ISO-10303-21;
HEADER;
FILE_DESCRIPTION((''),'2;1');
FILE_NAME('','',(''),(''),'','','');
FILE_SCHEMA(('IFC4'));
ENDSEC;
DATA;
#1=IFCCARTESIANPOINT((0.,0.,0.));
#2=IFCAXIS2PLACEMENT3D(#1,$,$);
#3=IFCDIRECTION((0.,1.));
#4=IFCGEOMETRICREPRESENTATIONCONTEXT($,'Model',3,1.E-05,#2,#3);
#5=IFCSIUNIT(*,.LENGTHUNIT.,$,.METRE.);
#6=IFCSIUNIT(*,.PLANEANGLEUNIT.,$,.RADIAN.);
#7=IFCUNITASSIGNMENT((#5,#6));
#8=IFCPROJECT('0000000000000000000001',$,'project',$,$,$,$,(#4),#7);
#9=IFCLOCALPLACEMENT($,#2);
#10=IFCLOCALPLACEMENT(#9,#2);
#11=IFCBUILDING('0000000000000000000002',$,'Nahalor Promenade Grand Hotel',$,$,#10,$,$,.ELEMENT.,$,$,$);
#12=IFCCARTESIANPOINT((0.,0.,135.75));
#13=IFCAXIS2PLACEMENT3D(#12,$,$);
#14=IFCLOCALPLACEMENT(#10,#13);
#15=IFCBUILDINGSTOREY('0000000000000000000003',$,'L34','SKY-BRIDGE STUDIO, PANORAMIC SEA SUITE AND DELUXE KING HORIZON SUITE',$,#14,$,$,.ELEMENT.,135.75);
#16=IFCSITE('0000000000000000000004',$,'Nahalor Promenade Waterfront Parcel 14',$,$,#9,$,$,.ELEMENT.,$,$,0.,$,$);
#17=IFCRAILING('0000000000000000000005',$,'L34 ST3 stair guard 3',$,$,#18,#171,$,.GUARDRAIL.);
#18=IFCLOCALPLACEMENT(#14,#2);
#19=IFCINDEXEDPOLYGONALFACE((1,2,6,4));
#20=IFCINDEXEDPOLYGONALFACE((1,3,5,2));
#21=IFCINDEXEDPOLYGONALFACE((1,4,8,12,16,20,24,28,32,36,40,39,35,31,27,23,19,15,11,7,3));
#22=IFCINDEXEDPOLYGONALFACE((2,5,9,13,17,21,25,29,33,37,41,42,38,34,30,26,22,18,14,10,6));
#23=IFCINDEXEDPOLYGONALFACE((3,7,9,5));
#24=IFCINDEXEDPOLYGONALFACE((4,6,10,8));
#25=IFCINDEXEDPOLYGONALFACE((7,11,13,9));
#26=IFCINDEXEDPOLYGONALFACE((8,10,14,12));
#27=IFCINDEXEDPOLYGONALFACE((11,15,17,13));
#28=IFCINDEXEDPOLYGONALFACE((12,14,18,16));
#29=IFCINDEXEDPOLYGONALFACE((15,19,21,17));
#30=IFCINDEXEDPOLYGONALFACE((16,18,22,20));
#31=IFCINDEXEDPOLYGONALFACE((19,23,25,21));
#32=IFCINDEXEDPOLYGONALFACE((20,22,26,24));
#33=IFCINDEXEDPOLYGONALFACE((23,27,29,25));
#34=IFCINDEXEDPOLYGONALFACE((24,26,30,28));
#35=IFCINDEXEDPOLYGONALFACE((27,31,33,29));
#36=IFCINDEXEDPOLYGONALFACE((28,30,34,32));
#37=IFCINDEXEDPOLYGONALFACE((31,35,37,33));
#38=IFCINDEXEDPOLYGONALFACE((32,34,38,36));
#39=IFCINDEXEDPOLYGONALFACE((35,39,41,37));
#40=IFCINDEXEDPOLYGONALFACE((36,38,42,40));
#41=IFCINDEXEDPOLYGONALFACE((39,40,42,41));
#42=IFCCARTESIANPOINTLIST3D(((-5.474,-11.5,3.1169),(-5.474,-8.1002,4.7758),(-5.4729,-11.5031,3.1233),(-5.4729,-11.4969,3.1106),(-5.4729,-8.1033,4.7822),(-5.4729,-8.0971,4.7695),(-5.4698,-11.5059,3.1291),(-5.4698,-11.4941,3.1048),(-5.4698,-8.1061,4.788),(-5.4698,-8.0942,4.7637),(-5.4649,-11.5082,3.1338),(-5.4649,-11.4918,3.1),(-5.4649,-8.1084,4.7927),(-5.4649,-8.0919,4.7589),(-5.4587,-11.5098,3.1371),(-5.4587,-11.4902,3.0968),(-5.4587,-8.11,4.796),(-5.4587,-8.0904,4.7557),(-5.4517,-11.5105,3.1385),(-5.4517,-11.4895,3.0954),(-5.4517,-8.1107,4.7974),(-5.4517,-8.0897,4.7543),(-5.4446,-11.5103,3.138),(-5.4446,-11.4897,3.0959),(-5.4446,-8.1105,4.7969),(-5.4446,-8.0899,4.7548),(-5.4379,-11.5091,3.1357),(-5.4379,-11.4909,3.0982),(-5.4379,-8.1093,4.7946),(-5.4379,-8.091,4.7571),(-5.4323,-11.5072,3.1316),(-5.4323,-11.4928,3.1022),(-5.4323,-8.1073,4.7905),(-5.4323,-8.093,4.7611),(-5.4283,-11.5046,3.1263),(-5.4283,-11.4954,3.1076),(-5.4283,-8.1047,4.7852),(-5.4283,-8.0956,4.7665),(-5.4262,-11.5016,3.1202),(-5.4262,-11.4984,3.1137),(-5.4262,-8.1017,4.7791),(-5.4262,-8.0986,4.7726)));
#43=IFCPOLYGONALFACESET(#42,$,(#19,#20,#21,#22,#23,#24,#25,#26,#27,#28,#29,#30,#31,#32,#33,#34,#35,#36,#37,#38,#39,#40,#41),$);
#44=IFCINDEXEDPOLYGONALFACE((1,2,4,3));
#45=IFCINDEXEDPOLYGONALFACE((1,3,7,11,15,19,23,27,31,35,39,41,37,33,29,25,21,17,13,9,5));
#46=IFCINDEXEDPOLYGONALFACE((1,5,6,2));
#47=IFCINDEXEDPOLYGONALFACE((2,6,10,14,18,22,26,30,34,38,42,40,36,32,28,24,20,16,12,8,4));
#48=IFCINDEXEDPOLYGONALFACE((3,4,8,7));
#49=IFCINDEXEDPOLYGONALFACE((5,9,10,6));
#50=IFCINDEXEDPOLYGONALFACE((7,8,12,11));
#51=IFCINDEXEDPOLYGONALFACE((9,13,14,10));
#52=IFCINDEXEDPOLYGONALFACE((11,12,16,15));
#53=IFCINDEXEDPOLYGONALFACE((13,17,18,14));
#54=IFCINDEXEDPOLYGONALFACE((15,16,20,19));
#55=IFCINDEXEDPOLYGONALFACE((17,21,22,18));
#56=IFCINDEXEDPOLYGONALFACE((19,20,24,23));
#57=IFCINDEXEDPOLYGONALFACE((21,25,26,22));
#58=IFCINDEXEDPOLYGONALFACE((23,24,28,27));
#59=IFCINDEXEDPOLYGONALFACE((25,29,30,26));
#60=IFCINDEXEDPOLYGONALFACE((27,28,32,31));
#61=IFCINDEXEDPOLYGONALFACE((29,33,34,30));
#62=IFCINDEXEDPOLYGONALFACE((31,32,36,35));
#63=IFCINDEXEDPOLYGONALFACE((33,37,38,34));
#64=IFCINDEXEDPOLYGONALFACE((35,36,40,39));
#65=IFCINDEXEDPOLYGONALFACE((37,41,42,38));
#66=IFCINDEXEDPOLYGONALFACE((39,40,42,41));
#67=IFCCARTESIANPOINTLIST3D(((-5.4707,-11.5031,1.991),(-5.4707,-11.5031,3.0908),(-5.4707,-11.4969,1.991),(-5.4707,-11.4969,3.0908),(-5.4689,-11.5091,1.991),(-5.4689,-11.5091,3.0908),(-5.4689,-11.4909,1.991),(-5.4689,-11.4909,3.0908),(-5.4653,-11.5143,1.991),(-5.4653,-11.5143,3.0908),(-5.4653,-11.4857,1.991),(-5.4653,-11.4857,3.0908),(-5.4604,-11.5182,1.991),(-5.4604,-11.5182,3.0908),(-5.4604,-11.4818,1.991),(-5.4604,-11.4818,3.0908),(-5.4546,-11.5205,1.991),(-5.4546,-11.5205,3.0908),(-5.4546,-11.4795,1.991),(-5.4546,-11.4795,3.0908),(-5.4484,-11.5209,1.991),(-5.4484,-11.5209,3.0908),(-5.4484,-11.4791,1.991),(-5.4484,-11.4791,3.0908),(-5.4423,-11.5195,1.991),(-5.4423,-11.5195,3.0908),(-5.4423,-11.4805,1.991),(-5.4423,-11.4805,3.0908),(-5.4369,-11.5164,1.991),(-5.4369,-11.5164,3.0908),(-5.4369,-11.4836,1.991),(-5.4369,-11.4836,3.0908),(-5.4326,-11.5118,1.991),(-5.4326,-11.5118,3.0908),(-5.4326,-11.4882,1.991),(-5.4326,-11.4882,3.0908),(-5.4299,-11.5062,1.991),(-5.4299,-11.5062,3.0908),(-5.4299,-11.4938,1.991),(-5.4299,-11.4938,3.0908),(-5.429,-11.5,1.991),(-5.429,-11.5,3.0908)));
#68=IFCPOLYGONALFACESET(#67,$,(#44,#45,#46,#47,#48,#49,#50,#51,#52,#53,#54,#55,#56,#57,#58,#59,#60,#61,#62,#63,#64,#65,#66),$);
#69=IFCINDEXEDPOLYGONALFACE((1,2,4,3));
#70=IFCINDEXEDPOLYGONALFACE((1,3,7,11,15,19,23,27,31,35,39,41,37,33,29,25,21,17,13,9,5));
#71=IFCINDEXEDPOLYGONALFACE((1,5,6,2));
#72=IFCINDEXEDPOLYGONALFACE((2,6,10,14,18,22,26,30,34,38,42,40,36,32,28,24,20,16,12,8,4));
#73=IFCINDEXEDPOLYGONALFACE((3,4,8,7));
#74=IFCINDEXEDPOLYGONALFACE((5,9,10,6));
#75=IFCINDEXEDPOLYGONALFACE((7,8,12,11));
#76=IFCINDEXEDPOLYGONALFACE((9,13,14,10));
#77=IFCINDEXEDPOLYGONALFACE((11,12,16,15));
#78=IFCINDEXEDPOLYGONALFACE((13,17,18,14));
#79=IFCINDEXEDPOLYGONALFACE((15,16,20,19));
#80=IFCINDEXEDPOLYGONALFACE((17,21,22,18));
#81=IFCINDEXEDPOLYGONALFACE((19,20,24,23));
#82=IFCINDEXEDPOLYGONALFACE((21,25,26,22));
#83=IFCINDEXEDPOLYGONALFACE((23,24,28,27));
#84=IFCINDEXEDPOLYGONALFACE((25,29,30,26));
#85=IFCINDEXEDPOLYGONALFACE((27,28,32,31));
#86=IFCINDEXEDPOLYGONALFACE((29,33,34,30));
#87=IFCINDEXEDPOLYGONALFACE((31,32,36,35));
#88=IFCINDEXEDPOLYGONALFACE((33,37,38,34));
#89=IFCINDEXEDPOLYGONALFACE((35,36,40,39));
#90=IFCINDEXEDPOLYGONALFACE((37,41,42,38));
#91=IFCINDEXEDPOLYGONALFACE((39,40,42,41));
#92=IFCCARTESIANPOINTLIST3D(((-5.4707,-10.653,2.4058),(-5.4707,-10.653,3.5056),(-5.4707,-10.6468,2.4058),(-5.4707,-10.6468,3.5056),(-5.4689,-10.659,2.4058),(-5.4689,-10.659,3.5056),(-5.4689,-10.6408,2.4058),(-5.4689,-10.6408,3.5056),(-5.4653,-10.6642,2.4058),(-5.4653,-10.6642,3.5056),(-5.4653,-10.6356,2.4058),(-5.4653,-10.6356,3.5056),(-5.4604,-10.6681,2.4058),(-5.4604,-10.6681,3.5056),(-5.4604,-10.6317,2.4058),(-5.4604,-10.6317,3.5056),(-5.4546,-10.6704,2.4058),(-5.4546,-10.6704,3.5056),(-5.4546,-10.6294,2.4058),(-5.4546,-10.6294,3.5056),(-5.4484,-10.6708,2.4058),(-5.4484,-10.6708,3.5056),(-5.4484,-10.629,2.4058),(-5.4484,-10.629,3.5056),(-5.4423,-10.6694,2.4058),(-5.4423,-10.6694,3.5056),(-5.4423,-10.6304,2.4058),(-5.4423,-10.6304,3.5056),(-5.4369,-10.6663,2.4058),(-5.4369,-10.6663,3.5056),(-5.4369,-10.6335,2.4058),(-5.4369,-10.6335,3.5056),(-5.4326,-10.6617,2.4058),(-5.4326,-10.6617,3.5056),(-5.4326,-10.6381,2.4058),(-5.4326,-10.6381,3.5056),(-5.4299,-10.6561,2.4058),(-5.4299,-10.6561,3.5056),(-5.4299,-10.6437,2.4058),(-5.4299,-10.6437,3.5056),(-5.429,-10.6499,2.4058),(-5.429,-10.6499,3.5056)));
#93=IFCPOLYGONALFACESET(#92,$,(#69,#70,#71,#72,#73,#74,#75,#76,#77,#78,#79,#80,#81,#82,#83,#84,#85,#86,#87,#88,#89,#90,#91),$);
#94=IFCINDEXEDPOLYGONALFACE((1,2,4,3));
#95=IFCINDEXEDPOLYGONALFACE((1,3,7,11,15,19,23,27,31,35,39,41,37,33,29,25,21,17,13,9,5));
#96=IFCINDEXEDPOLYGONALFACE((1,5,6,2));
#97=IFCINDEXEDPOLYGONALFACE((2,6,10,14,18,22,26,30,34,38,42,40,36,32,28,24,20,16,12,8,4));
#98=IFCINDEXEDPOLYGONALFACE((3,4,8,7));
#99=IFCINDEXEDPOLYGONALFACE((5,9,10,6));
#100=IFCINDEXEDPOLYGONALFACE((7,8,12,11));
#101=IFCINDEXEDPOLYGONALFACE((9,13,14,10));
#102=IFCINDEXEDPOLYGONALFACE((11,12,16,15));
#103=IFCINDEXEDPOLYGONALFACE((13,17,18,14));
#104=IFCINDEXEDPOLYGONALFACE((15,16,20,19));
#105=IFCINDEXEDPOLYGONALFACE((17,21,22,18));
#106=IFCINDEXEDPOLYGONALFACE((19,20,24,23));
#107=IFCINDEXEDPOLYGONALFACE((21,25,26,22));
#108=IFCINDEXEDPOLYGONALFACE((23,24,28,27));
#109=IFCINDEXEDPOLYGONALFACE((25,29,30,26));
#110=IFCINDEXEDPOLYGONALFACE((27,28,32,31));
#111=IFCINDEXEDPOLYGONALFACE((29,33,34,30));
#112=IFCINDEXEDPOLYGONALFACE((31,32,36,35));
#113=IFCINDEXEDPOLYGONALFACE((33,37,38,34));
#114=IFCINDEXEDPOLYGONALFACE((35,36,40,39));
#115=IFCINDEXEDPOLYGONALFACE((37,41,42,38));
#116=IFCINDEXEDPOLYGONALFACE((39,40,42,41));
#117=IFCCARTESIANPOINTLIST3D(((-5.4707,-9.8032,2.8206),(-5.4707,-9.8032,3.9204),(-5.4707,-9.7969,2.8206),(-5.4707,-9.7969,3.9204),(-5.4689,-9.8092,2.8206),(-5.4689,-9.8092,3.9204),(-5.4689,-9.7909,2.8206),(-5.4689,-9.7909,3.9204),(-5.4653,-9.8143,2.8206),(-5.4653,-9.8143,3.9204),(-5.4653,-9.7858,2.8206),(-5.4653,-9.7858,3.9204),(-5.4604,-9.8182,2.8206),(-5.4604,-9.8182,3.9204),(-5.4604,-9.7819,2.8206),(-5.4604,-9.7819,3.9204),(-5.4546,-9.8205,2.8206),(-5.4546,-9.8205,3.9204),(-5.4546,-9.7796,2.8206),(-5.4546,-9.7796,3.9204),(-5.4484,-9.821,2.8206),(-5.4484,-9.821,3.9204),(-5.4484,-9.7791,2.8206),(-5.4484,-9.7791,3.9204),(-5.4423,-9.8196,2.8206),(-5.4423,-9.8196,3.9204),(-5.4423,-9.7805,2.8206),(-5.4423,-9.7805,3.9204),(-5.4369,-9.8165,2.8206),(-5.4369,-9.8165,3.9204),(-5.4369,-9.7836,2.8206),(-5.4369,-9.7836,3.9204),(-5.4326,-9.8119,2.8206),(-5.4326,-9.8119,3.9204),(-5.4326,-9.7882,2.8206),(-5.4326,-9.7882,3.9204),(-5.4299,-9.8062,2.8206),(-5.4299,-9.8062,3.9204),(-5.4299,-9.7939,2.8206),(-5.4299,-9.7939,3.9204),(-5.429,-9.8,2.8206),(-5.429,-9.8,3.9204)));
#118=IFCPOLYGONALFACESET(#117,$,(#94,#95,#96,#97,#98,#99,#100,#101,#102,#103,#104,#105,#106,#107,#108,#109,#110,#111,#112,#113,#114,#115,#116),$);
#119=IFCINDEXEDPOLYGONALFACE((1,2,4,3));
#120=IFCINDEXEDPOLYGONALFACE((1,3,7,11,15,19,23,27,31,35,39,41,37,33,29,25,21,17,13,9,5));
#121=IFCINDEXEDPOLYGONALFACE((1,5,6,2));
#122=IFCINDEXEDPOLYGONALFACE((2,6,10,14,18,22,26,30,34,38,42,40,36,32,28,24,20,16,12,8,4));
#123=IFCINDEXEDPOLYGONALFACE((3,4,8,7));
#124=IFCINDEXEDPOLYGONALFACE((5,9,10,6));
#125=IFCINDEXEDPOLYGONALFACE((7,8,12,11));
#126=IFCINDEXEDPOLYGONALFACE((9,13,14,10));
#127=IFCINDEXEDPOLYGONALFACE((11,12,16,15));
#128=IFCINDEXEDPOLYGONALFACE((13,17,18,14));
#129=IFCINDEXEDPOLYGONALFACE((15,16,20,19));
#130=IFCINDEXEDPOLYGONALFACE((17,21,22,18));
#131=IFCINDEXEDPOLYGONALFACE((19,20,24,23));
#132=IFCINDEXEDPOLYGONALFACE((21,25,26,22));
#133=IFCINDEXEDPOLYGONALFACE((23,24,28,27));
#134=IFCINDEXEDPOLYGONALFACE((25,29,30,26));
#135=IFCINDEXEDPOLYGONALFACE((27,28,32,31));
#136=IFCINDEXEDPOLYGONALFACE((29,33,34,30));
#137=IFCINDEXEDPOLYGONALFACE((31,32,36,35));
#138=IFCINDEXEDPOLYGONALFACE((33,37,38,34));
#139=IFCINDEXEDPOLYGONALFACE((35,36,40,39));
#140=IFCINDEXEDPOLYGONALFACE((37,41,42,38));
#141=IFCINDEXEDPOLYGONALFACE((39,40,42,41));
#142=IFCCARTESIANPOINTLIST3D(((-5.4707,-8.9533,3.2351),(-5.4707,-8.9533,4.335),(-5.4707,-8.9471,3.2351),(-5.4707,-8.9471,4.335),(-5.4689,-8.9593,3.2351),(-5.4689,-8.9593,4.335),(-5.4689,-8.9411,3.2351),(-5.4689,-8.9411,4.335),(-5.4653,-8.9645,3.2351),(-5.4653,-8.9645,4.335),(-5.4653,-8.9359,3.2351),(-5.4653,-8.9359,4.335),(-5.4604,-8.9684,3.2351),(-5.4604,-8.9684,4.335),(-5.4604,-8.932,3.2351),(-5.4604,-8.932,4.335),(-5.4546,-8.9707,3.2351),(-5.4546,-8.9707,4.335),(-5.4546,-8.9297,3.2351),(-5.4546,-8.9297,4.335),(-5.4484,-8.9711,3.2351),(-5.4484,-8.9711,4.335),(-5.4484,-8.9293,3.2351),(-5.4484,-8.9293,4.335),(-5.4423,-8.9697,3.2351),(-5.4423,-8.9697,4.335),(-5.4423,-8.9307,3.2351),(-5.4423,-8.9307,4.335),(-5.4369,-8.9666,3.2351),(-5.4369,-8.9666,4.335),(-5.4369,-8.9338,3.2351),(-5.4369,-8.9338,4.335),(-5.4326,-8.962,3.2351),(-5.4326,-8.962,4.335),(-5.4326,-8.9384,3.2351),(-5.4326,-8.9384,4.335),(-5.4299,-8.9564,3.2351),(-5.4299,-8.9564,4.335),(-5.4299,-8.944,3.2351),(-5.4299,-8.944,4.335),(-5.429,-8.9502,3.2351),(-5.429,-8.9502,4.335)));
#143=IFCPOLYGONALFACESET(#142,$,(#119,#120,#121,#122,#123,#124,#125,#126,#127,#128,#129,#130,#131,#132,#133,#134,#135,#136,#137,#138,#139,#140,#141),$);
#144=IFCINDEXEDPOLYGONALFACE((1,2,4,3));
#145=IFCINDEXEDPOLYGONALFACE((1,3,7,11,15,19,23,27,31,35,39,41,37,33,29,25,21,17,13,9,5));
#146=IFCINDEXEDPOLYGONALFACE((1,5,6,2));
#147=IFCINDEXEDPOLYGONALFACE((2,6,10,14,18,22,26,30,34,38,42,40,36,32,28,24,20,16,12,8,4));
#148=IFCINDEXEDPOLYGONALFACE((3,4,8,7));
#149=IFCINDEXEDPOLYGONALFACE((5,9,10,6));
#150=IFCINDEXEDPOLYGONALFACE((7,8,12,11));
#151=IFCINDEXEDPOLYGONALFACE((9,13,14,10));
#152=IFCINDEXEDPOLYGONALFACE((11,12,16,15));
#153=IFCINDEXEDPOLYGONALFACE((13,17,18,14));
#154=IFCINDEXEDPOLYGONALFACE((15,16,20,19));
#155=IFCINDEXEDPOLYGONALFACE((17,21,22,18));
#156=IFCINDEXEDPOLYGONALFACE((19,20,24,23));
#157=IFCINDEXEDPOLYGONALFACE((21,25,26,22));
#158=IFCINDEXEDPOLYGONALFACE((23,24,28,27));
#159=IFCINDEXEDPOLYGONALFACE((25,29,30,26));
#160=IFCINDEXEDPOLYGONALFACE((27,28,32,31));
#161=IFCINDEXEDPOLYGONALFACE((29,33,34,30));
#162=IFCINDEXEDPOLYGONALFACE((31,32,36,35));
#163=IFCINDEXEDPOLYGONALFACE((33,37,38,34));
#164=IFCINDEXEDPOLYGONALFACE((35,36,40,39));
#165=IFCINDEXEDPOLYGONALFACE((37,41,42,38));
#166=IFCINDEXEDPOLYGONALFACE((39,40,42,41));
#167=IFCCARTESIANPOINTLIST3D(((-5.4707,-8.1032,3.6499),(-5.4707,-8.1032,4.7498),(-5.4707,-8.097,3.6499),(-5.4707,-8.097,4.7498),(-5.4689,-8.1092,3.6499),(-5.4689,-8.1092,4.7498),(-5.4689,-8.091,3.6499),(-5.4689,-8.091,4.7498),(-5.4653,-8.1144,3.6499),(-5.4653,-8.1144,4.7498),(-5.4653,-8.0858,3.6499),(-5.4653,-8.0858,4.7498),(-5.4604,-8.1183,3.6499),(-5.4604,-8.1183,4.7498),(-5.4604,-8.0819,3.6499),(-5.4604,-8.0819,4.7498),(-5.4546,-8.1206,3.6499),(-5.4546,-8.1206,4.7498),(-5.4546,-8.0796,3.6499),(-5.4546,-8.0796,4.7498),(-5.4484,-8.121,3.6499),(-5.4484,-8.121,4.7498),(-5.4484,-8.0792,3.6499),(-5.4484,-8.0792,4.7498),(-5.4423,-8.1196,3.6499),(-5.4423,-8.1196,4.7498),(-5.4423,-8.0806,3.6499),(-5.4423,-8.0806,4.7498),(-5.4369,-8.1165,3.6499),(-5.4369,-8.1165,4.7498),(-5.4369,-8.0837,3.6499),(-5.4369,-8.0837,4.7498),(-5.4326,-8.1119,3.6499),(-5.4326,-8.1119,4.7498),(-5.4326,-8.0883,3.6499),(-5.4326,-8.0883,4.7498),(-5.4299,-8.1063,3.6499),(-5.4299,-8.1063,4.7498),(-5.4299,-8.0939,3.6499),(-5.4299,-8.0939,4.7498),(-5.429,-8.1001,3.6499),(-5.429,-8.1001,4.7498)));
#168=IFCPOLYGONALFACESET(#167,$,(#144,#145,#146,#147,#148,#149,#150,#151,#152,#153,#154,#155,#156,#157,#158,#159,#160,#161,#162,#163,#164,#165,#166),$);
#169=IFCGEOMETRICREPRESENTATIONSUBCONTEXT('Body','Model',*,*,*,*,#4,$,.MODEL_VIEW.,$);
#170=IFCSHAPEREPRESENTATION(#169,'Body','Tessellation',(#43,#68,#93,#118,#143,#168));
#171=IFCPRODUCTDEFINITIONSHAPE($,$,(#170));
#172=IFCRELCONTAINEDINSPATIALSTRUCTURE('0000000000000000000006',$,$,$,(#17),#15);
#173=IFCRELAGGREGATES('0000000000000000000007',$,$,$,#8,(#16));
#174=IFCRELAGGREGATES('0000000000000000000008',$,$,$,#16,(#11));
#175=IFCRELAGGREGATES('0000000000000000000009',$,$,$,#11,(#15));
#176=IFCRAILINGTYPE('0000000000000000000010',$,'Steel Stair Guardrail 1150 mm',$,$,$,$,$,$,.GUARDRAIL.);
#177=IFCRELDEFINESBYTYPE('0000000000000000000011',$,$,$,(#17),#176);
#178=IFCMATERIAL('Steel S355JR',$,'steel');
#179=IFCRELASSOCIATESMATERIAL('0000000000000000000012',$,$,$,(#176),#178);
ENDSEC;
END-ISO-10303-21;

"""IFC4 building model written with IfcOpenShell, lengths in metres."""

from ifc_helpers import new_model, si_unit, direction, frame, origin, origin_2d, place, context, subcontext, project, spatial, circle, extrude, material, type_object, element, save


model = new_model("IFC4")

# Units and contexts
model_context = context("Model", 3, precision=1e-05, world=origin(), true_north=direction((0.0, 1.0)))
body_context = subcontext(model_context, "Body", "Model", "MODEL_VIEW")
ifc_project = project(units=[si_unit("LENGTHUNIT", "METRE"), si_unit("PLANEANGLEUNIT", "RADIAN")], contexts=[model_context])

# Site, building, storey
site_placement = place(None, origin())
site = spatial("IfcSite", under=ifc_project, at=site_placement, Name="Nahalor Promenade Waterfront Parcel 14", CompositionType="ELEMENT", RefElevation=0.0)
building_placement = place(site_placement, origin())
building = spatial("IfcBuilding", under=site, at=building_placement, Name="Nahalor Promenade Grand Hotel", CompositionType="ELEMENT")
storey_placement = place(building_placement, frame((0.0, 0.0, 135.75)))
storey = spatial("IfcBuildingStorey", under=building, at=storey_placement, Name="L34", Description="SKY-BRIDGE STUDIO, PANORAMIC SEA SUITE AND DELUXE KING HORIZON SUITE", CompositionType="ELEMENT", Elevation=135.75)

# Shared definitions
ifc_material_1 = material(Name="Steel S355JR", Category="steel")

# Railing
railing_type_1 = type_object("IfcRailingType", Name="Steel Stair Guardrail 1150 mm", PredefinedType="GUARDRAIL", material=ifc_material_1)
railing_1_placement = place(storey_placement, frame((-5.45, -11.5, 1.991)))
element("IfcRailing", 1, at=railing_1_placement, inside=storey, type_object=railing_type_1, Name="L34 ST3 stair guard 3", PredefinedType="GUARDRAIL", context=body_context, shape_type="SweptSolid", body=[
    extrude(circle(Radius=0.024, at=origin_2d()), frame((0.0, 0.0, 1.126), z_axis=(0.0, 0.898722, 0.438519), x_axis=(-1.0, 0.0, 0.0)), (0.0, 0.0, 1.0), 3.783),
    extrude(circle(Radius=0.021, at=origin_2d()), origin(), (0.0, 0.0, 1.0), 1.0999),
    extrude(circle(Radius=0.021, at=origin_2d()), frame((0.0, 0.8501, 0.4148)), (0.0, 0.0, 1.0), 1.0999),
    extrude(circle(Radius=0.021, at=origin_2d()), frame((0.0, 1.7, 0.8296)), (0.0, 0.0, 1.0), 1.0999),
    extrude(circle(Radius=0.021, at=origin_2d()), frame((0.0, 2.5498, 1.2441)), (0.0, 0.0, 1.0), 1.0999),
    extrude(circle(Radius=0.021, at=origin_2d()), frame((0.0, 3.3999, 1.6589)), (0.0, 0.0, 1.0), 1.0999),
])

save(model, "model.ifc")
